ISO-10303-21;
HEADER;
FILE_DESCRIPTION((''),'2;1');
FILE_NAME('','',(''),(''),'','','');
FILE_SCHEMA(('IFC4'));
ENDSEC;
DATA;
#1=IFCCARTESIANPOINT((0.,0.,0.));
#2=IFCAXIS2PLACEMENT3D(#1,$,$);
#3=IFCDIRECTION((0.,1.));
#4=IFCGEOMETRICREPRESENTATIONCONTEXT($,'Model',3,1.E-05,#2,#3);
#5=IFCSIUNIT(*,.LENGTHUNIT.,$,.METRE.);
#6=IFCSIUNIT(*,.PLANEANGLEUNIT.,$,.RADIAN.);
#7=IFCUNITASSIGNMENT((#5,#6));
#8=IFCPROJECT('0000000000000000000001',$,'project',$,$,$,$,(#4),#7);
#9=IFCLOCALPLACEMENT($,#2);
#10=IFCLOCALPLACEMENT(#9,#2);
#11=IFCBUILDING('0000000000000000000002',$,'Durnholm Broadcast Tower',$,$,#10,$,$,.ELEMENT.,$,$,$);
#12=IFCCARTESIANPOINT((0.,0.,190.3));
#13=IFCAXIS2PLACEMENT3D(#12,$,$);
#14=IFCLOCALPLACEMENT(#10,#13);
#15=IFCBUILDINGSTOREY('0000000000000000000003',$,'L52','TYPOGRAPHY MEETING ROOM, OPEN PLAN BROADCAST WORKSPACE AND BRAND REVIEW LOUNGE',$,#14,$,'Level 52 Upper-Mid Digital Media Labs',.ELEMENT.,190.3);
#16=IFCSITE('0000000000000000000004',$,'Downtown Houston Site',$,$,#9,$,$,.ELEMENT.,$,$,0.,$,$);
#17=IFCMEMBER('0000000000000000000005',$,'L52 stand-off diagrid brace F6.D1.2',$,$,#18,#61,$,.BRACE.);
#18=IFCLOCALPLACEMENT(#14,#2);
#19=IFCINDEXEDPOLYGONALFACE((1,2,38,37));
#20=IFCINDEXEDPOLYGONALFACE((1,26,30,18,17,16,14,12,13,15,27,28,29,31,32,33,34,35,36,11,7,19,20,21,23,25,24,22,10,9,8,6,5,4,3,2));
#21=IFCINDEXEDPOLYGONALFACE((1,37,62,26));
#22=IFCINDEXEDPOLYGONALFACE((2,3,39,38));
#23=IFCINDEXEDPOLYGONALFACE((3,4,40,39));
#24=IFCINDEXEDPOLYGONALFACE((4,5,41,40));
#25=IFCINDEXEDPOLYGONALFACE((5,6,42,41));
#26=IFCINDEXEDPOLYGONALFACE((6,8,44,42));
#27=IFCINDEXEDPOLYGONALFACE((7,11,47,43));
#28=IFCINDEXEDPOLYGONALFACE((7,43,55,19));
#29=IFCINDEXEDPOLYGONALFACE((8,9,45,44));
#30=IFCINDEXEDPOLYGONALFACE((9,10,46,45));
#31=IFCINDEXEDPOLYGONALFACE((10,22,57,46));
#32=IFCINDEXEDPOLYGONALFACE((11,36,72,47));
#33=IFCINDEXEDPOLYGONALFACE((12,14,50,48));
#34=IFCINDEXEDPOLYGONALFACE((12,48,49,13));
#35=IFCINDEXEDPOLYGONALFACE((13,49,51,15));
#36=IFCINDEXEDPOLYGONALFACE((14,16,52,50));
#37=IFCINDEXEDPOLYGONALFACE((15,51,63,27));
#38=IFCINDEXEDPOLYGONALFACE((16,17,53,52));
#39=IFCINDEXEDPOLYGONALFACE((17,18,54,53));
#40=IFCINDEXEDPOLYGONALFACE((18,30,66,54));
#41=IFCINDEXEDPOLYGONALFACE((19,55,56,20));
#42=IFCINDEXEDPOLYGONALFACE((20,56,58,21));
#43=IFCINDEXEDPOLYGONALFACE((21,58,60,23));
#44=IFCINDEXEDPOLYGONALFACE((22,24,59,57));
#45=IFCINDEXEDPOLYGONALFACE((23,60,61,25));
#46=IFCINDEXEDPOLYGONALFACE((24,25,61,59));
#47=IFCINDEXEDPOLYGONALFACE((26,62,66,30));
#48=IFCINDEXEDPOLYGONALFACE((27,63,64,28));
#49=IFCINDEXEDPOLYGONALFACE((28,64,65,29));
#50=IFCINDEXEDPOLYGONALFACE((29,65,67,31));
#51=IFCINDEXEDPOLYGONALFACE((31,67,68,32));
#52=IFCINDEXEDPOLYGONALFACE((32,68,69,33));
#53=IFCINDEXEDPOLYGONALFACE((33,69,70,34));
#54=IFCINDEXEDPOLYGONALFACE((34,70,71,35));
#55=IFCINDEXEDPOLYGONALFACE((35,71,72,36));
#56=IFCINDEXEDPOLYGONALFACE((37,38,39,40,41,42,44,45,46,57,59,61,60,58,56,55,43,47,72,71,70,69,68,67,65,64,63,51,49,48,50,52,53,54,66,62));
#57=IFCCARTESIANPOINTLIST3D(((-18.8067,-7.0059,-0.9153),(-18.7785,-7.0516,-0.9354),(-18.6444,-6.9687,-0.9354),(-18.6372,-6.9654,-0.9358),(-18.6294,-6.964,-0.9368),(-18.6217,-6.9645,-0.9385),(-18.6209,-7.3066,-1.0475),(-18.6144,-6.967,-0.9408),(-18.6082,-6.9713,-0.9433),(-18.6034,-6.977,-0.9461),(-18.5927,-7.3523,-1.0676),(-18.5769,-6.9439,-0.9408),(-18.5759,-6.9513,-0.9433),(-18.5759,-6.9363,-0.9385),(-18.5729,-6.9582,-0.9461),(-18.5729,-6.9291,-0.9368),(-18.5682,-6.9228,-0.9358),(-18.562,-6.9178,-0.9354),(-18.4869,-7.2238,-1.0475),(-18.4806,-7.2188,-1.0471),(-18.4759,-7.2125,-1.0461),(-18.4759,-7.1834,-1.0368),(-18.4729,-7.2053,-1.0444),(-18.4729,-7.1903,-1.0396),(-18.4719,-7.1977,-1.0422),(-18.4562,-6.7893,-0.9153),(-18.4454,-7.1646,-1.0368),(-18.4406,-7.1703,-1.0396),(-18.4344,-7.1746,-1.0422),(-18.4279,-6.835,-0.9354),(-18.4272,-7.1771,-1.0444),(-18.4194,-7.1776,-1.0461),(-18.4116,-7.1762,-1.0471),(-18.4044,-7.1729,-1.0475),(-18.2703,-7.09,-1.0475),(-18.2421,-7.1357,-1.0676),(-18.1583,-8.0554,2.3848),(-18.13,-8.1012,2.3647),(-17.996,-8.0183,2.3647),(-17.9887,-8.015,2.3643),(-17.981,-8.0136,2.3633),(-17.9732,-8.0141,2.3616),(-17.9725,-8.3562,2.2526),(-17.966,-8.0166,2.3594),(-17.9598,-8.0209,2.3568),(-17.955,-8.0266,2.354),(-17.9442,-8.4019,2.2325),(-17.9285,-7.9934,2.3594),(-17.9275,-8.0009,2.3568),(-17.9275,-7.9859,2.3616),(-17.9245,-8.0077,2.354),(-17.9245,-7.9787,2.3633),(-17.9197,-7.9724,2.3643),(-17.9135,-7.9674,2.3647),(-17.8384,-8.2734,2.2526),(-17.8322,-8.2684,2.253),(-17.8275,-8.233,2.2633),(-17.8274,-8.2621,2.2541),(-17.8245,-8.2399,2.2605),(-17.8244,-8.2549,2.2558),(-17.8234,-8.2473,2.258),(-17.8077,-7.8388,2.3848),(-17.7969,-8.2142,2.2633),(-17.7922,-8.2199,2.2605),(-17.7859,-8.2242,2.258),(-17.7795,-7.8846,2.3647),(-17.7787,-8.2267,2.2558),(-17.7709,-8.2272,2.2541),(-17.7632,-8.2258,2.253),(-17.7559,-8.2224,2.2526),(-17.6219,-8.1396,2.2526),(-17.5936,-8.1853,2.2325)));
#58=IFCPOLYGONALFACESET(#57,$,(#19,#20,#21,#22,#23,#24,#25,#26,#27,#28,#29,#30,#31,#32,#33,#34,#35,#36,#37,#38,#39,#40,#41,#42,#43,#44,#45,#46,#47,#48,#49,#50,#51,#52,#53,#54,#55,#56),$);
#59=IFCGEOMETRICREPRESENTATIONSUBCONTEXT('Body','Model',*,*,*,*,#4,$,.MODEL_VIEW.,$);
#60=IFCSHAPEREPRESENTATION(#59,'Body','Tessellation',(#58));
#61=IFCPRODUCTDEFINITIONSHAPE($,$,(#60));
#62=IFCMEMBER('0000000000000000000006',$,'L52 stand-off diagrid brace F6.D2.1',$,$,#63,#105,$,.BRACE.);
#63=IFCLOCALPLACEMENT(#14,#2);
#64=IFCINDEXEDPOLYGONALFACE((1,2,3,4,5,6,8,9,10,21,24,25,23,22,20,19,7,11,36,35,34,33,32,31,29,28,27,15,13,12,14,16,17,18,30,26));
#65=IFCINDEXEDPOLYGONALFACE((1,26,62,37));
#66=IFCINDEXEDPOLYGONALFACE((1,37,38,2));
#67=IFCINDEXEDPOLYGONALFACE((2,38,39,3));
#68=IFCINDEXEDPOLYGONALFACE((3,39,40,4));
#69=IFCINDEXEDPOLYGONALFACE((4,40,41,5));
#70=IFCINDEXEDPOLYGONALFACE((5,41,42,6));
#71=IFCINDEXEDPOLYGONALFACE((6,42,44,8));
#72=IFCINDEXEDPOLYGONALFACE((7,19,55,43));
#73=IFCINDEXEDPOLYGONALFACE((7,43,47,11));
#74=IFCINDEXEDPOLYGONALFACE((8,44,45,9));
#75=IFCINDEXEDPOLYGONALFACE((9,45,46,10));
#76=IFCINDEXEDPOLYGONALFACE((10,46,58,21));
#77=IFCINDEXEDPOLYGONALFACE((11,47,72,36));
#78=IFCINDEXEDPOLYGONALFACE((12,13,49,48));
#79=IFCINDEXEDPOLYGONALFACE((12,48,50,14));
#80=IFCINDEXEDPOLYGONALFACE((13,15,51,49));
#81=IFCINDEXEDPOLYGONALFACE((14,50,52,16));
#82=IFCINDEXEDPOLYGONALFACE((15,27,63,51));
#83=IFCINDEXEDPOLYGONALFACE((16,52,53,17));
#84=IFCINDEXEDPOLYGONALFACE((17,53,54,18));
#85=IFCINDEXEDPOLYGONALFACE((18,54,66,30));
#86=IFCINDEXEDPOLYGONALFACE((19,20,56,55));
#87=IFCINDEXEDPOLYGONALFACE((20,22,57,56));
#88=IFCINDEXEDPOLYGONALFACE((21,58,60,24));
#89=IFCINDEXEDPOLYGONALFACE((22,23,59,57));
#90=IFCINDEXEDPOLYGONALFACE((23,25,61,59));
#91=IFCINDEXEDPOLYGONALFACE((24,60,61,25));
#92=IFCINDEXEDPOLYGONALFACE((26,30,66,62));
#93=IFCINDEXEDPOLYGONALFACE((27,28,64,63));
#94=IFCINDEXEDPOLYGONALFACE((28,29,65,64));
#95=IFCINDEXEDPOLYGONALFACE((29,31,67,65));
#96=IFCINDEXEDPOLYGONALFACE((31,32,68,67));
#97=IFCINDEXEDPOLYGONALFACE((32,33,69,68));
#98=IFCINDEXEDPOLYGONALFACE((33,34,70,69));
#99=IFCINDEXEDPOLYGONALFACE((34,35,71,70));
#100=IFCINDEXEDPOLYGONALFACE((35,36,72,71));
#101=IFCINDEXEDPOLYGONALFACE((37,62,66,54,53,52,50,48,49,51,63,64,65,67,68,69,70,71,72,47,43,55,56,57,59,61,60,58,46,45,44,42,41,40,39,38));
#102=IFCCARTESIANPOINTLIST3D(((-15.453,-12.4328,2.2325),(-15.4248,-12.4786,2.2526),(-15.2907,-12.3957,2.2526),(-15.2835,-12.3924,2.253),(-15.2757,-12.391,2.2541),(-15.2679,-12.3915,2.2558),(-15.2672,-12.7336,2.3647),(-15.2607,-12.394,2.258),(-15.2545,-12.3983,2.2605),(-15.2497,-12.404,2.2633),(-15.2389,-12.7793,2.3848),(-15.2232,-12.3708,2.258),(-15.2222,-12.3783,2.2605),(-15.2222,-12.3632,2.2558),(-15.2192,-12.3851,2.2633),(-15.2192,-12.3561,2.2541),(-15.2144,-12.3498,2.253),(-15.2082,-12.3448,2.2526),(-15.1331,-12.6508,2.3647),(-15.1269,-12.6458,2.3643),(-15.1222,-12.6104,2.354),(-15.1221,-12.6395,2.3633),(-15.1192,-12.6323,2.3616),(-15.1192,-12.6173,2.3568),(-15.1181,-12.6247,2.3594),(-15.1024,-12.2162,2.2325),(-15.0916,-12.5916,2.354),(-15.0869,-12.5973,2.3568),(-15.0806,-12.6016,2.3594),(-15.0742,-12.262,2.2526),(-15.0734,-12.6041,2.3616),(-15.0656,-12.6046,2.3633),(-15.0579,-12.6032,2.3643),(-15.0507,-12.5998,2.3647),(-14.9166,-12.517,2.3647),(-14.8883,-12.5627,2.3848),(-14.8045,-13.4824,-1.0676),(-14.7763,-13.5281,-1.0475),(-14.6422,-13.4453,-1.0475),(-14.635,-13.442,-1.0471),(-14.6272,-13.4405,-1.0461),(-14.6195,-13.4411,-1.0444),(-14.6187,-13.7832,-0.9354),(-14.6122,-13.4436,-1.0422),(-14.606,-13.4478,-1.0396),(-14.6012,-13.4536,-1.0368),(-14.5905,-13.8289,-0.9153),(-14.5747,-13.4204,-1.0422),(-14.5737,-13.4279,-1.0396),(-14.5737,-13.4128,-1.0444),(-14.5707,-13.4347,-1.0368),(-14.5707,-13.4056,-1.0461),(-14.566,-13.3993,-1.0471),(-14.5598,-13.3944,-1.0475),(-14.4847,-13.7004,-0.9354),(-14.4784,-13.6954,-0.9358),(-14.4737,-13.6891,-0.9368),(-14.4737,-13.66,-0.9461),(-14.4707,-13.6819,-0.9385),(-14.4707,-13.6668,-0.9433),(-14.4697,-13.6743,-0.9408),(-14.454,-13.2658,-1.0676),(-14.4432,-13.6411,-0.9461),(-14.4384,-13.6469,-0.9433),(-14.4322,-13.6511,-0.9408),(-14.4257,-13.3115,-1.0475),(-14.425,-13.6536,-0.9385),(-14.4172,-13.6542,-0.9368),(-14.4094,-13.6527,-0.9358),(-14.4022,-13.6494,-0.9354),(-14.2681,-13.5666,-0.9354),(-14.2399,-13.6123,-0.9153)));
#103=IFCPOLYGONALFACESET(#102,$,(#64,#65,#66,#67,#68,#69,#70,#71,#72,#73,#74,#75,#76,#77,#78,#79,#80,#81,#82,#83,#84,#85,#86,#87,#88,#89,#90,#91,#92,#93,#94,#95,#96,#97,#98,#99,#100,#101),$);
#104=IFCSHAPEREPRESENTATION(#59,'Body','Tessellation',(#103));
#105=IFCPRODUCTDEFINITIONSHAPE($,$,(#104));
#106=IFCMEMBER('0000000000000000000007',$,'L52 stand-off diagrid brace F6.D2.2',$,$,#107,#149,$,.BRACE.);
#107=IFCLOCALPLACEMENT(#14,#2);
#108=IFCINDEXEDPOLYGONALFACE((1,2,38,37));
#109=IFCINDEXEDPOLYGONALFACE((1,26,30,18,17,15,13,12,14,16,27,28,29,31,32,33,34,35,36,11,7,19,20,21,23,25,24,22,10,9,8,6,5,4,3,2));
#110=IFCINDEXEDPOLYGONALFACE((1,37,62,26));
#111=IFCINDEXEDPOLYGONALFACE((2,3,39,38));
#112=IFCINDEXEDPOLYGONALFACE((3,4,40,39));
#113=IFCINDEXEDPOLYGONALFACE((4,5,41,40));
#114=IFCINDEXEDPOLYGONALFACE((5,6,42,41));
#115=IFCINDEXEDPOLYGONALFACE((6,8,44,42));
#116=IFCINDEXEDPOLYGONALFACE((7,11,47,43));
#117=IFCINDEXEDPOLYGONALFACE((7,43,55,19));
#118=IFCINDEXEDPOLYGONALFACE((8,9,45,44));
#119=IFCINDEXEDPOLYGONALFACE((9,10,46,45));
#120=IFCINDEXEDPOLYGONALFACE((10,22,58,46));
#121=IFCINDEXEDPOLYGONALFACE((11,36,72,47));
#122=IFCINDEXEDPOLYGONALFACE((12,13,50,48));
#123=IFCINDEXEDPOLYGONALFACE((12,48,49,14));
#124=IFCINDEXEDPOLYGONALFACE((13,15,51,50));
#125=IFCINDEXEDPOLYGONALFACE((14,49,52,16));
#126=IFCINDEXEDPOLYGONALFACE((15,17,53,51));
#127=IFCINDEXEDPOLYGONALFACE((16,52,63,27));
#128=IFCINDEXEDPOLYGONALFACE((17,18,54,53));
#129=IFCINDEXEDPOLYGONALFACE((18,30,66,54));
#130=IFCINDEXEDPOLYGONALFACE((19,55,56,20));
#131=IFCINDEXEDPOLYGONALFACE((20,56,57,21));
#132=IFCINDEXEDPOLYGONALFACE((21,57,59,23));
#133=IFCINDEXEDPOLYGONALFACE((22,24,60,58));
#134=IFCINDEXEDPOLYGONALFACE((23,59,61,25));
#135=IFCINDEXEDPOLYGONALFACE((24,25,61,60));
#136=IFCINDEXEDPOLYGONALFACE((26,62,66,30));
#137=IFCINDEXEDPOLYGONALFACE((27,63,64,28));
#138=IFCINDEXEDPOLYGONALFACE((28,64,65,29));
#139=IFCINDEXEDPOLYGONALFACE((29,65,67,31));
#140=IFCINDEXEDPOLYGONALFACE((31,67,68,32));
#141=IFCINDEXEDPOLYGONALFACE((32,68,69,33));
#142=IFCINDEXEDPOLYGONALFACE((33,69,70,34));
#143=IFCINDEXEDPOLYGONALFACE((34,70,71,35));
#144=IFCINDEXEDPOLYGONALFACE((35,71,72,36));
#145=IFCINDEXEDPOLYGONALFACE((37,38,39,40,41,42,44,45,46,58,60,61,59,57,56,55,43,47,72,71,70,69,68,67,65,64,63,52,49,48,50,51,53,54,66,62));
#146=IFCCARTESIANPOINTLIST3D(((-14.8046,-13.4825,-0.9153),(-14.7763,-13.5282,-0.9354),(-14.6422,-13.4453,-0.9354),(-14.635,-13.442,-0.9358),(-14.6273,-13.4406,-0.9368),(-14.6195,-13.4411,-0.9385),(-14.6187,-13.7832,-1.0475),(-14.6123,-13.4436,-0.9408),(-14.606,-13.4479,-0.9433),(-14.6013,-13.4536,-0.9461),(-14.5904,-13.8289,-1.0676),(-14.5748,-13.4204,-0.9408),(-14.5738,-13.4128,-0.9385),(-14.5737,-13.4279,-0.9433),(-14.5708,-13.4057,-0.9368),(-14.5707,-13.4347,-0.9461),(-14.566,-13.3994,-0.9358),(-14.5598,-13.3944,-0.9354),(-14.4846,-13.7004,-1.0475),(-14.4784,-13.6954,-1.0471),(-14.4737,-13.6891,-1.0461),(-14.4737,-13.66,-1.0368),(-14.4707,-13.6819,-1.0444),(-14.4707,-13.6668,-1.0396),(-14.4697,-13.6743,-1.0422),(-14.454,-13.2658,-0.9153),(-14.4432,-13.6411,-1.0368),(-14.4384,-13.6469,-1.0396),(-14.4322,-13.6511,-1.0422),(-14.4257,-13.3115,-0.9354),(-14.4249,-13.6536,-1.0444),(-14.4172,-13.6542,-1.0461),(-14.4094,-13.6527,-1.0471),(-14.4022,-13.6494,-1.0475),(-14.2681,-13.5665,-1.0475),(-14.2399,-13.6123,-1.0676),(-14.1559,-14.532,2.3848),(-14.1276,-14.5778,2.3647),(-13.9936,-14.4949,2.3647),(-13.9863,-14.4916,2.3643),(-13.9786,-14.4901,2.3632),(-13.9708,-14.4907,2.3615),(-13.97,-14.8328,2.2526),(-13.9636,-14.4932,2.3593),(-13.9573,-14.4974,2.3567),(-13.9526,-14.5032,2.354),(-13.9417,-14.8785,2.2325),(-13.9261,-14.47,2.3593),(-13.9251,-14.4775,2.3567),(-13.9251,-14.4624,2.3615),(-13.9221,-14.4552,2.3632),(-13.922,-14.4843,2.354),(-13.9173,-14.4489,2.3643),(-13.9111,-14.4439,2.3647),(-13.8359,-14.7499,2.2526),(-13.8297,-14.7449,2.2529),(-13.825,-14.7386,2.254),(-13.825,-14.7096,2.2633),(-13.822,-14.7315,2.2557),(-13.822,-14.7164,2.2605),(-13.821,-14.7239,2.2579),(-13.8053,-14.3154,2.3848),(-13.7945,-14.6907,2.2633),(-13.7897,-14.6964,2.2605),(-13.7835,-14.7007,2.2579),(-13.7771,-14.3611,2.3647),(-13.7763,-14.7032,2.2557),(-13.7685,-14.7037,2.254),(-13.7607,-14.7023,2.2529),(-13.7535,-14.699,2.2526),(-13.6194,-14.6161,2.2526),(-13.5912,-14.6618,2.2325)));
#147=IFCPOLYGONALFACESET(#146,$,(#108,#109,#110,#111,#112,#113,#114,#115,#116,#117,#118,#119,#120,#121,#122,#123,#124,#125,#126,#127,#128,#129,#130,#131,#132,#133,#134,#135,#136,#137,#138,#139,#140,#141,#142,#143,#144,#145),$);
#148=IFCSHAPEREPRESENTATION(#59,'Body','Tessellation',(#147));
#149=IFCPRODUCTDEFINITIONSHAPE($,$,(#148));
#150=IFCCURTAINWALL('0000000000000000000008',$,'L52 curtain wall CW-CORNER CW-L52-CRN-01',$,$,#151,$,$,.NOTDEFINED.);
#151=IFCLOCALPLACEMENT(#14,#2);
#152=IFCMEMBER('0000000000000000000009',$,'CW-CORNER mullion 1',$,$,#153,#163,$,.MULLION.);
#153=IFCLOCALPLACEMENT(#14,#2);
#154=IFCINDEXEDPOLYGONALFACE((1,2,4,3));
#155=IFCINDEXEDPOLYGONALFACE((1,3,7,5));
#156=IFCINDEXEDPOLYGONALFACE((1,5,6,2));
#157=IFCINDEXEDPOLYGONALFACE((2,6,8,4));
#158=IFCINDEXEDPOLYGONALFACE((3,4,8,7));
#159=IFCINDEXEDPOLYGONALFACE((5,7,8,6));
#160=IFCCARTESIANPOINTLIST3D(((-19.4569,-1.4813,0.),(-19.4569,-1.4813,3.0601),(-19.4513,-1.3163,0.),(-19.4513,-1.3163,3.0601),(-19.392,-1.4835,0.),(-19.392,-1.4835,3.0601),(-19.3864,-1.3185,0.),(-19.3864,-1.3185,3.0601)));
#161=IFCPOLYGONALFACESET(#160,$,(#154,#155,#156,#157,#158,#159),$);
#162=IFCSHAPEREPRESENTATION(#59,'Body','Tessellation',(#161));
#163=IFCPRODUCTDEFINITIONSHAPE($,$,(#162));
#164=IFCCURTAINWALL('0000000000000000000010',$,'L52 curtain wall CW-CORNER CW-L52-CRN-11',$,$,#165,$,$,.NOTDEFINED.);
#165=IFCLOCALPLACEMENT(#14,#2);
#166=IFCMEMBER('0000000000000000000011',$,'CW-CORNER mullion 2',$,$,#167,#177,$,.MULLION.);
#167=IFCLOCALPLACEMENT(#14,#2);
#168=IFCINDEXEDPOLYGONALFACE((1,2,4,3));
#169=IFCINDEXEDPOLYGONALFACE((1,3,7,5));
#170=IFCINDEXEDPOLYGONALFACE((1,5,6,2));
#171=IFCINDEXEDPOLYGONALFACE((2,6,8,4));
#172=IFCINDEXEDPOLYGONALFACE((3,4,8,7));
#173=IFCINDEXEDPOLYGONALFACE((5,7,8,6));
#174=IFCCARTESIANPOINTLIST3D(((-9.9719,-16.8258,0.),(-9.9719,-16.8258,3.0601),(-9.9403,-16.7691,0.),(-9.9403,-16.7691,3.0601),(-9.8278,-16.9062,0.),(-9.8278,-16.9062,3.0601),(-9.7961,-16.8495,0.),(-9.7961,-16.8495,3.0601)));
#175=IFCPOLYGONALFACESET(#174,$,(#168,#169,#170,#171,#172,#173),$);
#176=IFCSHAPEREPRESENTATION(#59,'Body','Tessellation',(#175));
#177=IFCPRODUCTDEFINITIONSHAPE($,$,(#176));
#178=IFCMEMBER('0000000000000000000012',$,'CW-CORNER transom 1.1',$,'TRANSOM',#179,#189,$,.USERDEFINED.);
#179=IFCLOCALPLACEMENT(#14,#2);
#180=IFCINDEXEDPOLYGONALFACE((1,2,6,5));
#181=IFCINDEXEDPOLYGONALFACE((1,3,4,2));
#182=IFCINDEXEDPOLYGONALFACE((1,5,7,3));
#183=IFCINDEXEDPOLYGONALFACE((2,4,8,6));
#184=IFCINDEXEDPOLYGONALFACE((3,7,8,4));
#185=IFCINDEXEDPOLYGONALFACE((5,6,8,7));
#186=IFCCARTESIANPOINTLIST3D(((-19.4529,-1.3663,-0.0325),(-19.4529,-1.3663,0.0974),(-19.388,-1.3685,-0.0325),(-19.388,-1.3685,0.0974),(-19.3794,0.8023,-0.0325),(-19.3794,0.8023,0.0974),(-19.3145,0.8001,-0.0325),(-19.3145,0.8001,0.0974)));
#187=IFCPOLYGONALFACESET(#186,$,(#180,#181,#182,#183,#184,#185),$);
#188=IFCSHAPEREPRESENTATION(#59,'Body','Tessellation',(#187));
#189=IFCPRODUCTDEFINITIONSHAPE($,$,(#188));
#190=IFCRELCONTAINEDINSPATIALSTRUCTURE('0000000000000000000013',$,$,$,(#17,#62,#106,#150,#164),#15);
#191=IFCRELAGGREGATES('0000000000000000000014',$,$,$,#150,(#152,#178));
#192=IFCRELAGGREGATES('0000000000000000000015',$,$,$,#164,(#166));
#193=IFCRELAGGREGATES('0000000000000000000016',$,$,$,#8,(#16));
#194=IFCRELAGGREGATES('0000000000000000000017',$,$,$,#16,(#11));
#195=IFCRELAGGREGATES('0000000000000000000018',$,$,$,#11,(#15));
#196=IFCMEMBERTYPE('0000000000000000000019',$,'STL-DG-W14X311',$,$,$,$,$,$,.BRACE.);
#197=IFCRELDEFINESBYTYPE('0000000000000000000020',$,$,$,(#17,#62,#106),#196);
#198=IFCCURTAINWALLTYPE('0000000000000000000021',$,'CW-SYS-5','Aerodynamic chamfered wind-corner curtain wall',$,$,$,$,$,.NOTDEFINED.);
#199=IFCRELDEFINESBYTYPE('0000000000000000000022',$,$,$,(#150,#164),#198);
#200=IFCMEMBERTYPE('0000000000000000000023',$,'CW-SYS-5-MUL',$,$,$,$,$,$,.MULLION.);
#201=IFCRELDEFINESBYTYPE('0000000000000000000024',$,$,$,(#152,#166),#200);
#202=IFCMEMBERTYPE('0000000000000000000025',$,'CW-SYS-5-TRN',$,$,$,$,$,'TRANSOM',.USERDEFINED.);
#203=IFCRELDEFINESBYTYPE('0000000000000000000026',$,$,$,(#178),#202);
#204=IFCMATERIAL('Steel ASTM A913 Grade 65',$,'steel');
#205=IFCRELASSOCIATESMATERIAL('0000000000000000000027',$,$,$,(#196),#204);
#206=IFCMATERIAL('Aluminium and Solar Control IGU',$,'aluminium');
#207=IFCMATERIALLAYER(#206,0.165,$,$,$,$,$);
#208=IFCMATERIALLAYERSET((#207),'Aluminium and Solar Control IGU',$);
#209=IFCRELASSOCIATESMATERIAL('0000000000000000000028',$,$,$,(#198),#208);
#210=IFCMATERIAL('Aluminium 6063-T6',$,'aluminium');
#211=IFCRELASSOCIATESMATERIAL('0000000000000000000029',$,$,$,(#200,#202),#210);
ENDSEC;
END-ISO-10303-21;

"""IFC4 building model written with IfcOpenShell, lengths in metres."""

from ifc_helpers import new_model, si_unit, direction, frame, origin, origin_2d, place, context, subcontext, project, spatial, rectangle, i_section, extrude, source, transform, mapped, material, layer, layer_set, material_profile, profile_set, type_object, type_shapes, element, aggregate, save


model = new_model("IFC4")

# Units and contexts
model_context = context("Model", 3, precision=1e-05, world=origin(), true_north=direction((0.0, 1.0)))
body_context = subcontext(model_context, "Body", "Model", "MODEL_VIEW")
ifc_project = project(units=[si_unit("LENGTHUNIT", "METRE"), si_unit("PLANEANGLEUNIT", "RADIAN")], contexts=[model_context])

# Site, building, storey
site_placement = place(None, origin())
site = spatial("IfcSite", under=ifc_project, at=site_placement, Name="Downtown Houston Site", CompositionType="ELEMENT", RefElevation=0.0)
building_placement = place(site_placement, origin())
building = spatial("IfcBuilding", under=site, at=building_placement, Name="Durnholm Broadcast Tower", CompositionType="ELEMENT")
storey_placement = place(building_placement, frame((0.0, 0.0, 190.3)))
storey = spatial("IfcBuildingStorey", under=building, at=storey_placement, Name="L52", Description="TYPOGRAPHY MEETING ROOM, OPEN PLAN BROADCAST WORKSPACE AND BRAND REVIEW LOUNGE", LongName="Level 52 Upper-Mid Digital Media Labs", CompositionType="ELEMENT", Elevation=190.3)

# Members
ifc_material_1 = material(Name="Steel ASTM A913 Grade 65", Category="steel")
ifc_material_profile_1 = material_profile(ifc_material_1, i_section(OverallWidth=0.4121, OverallDepth=0.4348, WebThickness=0.0359, FlangeThickness=0.0574, FilletRadius=0.0305, at=origin_2d()), Name="W14X311")
ifc_profile_set_1 = profile_set([ifc_material_profile_1], Name="Steel ASTM A913 Grade 65")
member_type_1 = type_object("IfcMemberType", Name="STL-DG-W14X311", PredefinedType="BRACE", material=ifc_profile_set_1)
shared_shape_1 = source(origin(), body_context, "Body", "SweptSolid", [
    extrude(i_section(OverallWidth=0.4121, OverallDepth=0.4348, WebThickness=0.0359, FlangeThickness=0.0574, FilletRadius=0.0305, at=origin_2d()), origin(), (0.0, 0.0, 1.0), 3.5232),
])
type_shapes(member_type_1, [shared_shape_1])
for number, where, z_axis, x_axis, name in (
    (1, (-18.5244, -7.0708, -0.9915), (0.184052, -0.297907, 0.936684), (0.850733, 0.525598, 0.0), "L52 stand-off diagrid brace F6.D1.2"),
    (2, (-14.5222, -13.5474, -0.9915), (-0.184052, 0.297907, 0.936684), (-0.850733, -0.525598, 0.0), "L52 stand-off diagrid brace F6.D2.1"),
    (3, (-14.5222, -13.5474, -0.9915), (0.184119, -0.297903, 0.936672), (0.850644, 0.525741, 0.0), "L52 stand-off diagrid brace F6.D2.2"),
):
    element("IfcMember", number, at=place(storey_placement, frame(where, z_axis=z_axis, x_axis=x_axis)), inside=storey, type_object=member_type_1, Name=name, PredefinedType="BRACE", context=body_context, shape_type="MappedRepresentation", body=[
        mapped(shared_shape_1, transform((0.0, 0.0, 0.0), x_axis=(1.0, 0.0, 0.0), y_axis=(0.0, 1.0, 0.0), z_axis=(0.0, 0.0, 1.0), scale=1.0)),
    ])

# Curtain walls, members
ifc_material_2 = material(Name="Aluminium and Solar Control IGU", Category="aluminium")
ifc_layer_1 = layer(ifc_material_2, 0.165)
ifc_layer_set_1 = layer_set([ifc_layer_1], Name="Aluminium and Solar Control IGU")
curtain_wall_type_1 = type_object("IfcCurtainWallType", Name="CW-SYS-5", Description="Aerodynamic chamfered wind-corner curtain wall", PredefinedType="NOTDEFINED", material=ifc_layer_set_1)
curtain_wall_1_placement = place(storey_placement, origin())
curtain_wall_1 = element("IfcCurtainWall", 4, at=curtain_wall_1_placement, inside=storey, type_object=curtain_wall_type_1, Name="L52 curtain wall CW-CORNER CW-L52-CRN-01", PredefinedType="NOTDEFINED")
ifc_material_3 = material(Name="Aluminium 6063-T6", Category="aluminium")
ifc_material_profile_2 = material_profile(ifc_material_3, rectangle(XDim=0.0649, YDim=0.165, at=origin_2d()), Name="CWM65X165")
ifc_profile_set_2 = profile_set([ifc_material_profile_2], Name="Aluminium 6063-T6")
member_type_2 = type_object("IfcMemberType", Name="CW-SYS-5-MUL", PredefinedType="MULLION", material=ifc_profile_set_2)
shared_shape_2 = source(origin(), body_context, "Body", "SweptSolid", [
    extrude(rectangle(XDim=0.0649, YDim=0.165, at=origin_2d()), origin(), (0.0, 0.0, 1.0), 3.0601),
])
type_shapes(member_type_2, [shared_shape_2])
member_1_placement = place(storey_placement, frame((-19.4216, -1.3999, 0.0), z_axis=(0.0, 0.0, 1.0), x_axis=(-0.999425, 0.033913, 0.0)))
member_1 = element("IfcMember", 5, at=member_1_placement, type_object=member_type_2, Name="CW-CORNER mullion 1", PredefinedType="MULLION", context=body_context, shape_type="MappedRepresentation", body=[
    mapped(shared_shape_2, transform((0.0, 0.0, 0.0), x_axis=(1.0, 0.0, 0.0), y_axis=(0.0, 1.0, 0.0), z_axis=(0.0, 0.0, 1.0), scale=1.0)),
])
curtain_wall_2_placement = place(storey_placement, origin())
curtain_wall_2 = element("IfcCurtainWall", 6, at=curtain_wall_2_placement, inside=storey, type_object=curtain_wall_type_1, Name="L52 curtain wall CW-CORNER CW-L52-CRN-11", PredefinedType="NOTDEFINED")
member_2_placement = place(storey_placement, frame((-9.884, -16.8376, 0.0), z_axis=(0.0, 0.0, 1.0), x_axis=(-0.486986, -0.87341, 0.0)))
member_2 = element("IfcMember", 7, at=member_2_placement, type_object=member_type_2, Name="CW-CORNER mullion 2", PredefinedType="MULLION", context=body_context, shape_type="MappedRepresentation", body=[
    mapped(shared_shape_2, transform((0.0, 0.0, 0.0), x_axis=(1.0, 0.0, 0.0), y_axis=(0.0, 1.0, 0.0), z_axis=(0.0, 0.0, 1.0), scale=1.0)),
])

# Member
ifc_material_profile_3 = material_profile(ifc_material_3, rectangle(XDim=0.0649, YDim=0.1299, at=origin_2d()), Name="CWT65X130")
ifc_profile_set_3 = profile_set([ifc_material_profile_3], Name="Aluminium 6063-T6")
member_type_3 = type_object("IfcMemberType", Name="CW-SYS-5-TRN", ElementType="TRANSOM", PredefinedType="USERDEFINED", material=ifc_profile_set_3)
shared_shape_3 = source(origin(), body_context, "Body", "SweptSolid", [
    extrude(rectangle(XDim=0.0649, YDim=0.1299, at=origin_2d()), origin(), (0.0, 0.0, 1.0), 2.1699),
])
type_shapes(member_type_3, [shared_shape_3])
member_3_placement = place(storey_placement, frame((-19.4204, -1.3674, 0.0325), z_axis=(0.033866, 0.999426, 0.0), x_axis=(-0.999426, 0.033866, 0.0)))
member_3 = element("IfcMember", 8, at=member_3_placement, type_object=member_type_3, Name="CW-CORNER transom 1.1", ObjectType="TRANSOM", PredefinedType="USERDEFINED", context=body_context, shape_type="MappedRepresentation", body=[
    mapped(shared_shape_3, transform((0.0, 0.0, 0.0), x_axis=(1.0, 0.0, 0.0), y_axis=(0.0, 1.0, 0.0), z_axis=(0.0, 0.0, 1.0), scale=1.0)),
])

aggregate(curtain_wall_1, [member_1, member_3])
aggregate(curtain_wall_2, [member_2])

save(model, "model.ifc")
